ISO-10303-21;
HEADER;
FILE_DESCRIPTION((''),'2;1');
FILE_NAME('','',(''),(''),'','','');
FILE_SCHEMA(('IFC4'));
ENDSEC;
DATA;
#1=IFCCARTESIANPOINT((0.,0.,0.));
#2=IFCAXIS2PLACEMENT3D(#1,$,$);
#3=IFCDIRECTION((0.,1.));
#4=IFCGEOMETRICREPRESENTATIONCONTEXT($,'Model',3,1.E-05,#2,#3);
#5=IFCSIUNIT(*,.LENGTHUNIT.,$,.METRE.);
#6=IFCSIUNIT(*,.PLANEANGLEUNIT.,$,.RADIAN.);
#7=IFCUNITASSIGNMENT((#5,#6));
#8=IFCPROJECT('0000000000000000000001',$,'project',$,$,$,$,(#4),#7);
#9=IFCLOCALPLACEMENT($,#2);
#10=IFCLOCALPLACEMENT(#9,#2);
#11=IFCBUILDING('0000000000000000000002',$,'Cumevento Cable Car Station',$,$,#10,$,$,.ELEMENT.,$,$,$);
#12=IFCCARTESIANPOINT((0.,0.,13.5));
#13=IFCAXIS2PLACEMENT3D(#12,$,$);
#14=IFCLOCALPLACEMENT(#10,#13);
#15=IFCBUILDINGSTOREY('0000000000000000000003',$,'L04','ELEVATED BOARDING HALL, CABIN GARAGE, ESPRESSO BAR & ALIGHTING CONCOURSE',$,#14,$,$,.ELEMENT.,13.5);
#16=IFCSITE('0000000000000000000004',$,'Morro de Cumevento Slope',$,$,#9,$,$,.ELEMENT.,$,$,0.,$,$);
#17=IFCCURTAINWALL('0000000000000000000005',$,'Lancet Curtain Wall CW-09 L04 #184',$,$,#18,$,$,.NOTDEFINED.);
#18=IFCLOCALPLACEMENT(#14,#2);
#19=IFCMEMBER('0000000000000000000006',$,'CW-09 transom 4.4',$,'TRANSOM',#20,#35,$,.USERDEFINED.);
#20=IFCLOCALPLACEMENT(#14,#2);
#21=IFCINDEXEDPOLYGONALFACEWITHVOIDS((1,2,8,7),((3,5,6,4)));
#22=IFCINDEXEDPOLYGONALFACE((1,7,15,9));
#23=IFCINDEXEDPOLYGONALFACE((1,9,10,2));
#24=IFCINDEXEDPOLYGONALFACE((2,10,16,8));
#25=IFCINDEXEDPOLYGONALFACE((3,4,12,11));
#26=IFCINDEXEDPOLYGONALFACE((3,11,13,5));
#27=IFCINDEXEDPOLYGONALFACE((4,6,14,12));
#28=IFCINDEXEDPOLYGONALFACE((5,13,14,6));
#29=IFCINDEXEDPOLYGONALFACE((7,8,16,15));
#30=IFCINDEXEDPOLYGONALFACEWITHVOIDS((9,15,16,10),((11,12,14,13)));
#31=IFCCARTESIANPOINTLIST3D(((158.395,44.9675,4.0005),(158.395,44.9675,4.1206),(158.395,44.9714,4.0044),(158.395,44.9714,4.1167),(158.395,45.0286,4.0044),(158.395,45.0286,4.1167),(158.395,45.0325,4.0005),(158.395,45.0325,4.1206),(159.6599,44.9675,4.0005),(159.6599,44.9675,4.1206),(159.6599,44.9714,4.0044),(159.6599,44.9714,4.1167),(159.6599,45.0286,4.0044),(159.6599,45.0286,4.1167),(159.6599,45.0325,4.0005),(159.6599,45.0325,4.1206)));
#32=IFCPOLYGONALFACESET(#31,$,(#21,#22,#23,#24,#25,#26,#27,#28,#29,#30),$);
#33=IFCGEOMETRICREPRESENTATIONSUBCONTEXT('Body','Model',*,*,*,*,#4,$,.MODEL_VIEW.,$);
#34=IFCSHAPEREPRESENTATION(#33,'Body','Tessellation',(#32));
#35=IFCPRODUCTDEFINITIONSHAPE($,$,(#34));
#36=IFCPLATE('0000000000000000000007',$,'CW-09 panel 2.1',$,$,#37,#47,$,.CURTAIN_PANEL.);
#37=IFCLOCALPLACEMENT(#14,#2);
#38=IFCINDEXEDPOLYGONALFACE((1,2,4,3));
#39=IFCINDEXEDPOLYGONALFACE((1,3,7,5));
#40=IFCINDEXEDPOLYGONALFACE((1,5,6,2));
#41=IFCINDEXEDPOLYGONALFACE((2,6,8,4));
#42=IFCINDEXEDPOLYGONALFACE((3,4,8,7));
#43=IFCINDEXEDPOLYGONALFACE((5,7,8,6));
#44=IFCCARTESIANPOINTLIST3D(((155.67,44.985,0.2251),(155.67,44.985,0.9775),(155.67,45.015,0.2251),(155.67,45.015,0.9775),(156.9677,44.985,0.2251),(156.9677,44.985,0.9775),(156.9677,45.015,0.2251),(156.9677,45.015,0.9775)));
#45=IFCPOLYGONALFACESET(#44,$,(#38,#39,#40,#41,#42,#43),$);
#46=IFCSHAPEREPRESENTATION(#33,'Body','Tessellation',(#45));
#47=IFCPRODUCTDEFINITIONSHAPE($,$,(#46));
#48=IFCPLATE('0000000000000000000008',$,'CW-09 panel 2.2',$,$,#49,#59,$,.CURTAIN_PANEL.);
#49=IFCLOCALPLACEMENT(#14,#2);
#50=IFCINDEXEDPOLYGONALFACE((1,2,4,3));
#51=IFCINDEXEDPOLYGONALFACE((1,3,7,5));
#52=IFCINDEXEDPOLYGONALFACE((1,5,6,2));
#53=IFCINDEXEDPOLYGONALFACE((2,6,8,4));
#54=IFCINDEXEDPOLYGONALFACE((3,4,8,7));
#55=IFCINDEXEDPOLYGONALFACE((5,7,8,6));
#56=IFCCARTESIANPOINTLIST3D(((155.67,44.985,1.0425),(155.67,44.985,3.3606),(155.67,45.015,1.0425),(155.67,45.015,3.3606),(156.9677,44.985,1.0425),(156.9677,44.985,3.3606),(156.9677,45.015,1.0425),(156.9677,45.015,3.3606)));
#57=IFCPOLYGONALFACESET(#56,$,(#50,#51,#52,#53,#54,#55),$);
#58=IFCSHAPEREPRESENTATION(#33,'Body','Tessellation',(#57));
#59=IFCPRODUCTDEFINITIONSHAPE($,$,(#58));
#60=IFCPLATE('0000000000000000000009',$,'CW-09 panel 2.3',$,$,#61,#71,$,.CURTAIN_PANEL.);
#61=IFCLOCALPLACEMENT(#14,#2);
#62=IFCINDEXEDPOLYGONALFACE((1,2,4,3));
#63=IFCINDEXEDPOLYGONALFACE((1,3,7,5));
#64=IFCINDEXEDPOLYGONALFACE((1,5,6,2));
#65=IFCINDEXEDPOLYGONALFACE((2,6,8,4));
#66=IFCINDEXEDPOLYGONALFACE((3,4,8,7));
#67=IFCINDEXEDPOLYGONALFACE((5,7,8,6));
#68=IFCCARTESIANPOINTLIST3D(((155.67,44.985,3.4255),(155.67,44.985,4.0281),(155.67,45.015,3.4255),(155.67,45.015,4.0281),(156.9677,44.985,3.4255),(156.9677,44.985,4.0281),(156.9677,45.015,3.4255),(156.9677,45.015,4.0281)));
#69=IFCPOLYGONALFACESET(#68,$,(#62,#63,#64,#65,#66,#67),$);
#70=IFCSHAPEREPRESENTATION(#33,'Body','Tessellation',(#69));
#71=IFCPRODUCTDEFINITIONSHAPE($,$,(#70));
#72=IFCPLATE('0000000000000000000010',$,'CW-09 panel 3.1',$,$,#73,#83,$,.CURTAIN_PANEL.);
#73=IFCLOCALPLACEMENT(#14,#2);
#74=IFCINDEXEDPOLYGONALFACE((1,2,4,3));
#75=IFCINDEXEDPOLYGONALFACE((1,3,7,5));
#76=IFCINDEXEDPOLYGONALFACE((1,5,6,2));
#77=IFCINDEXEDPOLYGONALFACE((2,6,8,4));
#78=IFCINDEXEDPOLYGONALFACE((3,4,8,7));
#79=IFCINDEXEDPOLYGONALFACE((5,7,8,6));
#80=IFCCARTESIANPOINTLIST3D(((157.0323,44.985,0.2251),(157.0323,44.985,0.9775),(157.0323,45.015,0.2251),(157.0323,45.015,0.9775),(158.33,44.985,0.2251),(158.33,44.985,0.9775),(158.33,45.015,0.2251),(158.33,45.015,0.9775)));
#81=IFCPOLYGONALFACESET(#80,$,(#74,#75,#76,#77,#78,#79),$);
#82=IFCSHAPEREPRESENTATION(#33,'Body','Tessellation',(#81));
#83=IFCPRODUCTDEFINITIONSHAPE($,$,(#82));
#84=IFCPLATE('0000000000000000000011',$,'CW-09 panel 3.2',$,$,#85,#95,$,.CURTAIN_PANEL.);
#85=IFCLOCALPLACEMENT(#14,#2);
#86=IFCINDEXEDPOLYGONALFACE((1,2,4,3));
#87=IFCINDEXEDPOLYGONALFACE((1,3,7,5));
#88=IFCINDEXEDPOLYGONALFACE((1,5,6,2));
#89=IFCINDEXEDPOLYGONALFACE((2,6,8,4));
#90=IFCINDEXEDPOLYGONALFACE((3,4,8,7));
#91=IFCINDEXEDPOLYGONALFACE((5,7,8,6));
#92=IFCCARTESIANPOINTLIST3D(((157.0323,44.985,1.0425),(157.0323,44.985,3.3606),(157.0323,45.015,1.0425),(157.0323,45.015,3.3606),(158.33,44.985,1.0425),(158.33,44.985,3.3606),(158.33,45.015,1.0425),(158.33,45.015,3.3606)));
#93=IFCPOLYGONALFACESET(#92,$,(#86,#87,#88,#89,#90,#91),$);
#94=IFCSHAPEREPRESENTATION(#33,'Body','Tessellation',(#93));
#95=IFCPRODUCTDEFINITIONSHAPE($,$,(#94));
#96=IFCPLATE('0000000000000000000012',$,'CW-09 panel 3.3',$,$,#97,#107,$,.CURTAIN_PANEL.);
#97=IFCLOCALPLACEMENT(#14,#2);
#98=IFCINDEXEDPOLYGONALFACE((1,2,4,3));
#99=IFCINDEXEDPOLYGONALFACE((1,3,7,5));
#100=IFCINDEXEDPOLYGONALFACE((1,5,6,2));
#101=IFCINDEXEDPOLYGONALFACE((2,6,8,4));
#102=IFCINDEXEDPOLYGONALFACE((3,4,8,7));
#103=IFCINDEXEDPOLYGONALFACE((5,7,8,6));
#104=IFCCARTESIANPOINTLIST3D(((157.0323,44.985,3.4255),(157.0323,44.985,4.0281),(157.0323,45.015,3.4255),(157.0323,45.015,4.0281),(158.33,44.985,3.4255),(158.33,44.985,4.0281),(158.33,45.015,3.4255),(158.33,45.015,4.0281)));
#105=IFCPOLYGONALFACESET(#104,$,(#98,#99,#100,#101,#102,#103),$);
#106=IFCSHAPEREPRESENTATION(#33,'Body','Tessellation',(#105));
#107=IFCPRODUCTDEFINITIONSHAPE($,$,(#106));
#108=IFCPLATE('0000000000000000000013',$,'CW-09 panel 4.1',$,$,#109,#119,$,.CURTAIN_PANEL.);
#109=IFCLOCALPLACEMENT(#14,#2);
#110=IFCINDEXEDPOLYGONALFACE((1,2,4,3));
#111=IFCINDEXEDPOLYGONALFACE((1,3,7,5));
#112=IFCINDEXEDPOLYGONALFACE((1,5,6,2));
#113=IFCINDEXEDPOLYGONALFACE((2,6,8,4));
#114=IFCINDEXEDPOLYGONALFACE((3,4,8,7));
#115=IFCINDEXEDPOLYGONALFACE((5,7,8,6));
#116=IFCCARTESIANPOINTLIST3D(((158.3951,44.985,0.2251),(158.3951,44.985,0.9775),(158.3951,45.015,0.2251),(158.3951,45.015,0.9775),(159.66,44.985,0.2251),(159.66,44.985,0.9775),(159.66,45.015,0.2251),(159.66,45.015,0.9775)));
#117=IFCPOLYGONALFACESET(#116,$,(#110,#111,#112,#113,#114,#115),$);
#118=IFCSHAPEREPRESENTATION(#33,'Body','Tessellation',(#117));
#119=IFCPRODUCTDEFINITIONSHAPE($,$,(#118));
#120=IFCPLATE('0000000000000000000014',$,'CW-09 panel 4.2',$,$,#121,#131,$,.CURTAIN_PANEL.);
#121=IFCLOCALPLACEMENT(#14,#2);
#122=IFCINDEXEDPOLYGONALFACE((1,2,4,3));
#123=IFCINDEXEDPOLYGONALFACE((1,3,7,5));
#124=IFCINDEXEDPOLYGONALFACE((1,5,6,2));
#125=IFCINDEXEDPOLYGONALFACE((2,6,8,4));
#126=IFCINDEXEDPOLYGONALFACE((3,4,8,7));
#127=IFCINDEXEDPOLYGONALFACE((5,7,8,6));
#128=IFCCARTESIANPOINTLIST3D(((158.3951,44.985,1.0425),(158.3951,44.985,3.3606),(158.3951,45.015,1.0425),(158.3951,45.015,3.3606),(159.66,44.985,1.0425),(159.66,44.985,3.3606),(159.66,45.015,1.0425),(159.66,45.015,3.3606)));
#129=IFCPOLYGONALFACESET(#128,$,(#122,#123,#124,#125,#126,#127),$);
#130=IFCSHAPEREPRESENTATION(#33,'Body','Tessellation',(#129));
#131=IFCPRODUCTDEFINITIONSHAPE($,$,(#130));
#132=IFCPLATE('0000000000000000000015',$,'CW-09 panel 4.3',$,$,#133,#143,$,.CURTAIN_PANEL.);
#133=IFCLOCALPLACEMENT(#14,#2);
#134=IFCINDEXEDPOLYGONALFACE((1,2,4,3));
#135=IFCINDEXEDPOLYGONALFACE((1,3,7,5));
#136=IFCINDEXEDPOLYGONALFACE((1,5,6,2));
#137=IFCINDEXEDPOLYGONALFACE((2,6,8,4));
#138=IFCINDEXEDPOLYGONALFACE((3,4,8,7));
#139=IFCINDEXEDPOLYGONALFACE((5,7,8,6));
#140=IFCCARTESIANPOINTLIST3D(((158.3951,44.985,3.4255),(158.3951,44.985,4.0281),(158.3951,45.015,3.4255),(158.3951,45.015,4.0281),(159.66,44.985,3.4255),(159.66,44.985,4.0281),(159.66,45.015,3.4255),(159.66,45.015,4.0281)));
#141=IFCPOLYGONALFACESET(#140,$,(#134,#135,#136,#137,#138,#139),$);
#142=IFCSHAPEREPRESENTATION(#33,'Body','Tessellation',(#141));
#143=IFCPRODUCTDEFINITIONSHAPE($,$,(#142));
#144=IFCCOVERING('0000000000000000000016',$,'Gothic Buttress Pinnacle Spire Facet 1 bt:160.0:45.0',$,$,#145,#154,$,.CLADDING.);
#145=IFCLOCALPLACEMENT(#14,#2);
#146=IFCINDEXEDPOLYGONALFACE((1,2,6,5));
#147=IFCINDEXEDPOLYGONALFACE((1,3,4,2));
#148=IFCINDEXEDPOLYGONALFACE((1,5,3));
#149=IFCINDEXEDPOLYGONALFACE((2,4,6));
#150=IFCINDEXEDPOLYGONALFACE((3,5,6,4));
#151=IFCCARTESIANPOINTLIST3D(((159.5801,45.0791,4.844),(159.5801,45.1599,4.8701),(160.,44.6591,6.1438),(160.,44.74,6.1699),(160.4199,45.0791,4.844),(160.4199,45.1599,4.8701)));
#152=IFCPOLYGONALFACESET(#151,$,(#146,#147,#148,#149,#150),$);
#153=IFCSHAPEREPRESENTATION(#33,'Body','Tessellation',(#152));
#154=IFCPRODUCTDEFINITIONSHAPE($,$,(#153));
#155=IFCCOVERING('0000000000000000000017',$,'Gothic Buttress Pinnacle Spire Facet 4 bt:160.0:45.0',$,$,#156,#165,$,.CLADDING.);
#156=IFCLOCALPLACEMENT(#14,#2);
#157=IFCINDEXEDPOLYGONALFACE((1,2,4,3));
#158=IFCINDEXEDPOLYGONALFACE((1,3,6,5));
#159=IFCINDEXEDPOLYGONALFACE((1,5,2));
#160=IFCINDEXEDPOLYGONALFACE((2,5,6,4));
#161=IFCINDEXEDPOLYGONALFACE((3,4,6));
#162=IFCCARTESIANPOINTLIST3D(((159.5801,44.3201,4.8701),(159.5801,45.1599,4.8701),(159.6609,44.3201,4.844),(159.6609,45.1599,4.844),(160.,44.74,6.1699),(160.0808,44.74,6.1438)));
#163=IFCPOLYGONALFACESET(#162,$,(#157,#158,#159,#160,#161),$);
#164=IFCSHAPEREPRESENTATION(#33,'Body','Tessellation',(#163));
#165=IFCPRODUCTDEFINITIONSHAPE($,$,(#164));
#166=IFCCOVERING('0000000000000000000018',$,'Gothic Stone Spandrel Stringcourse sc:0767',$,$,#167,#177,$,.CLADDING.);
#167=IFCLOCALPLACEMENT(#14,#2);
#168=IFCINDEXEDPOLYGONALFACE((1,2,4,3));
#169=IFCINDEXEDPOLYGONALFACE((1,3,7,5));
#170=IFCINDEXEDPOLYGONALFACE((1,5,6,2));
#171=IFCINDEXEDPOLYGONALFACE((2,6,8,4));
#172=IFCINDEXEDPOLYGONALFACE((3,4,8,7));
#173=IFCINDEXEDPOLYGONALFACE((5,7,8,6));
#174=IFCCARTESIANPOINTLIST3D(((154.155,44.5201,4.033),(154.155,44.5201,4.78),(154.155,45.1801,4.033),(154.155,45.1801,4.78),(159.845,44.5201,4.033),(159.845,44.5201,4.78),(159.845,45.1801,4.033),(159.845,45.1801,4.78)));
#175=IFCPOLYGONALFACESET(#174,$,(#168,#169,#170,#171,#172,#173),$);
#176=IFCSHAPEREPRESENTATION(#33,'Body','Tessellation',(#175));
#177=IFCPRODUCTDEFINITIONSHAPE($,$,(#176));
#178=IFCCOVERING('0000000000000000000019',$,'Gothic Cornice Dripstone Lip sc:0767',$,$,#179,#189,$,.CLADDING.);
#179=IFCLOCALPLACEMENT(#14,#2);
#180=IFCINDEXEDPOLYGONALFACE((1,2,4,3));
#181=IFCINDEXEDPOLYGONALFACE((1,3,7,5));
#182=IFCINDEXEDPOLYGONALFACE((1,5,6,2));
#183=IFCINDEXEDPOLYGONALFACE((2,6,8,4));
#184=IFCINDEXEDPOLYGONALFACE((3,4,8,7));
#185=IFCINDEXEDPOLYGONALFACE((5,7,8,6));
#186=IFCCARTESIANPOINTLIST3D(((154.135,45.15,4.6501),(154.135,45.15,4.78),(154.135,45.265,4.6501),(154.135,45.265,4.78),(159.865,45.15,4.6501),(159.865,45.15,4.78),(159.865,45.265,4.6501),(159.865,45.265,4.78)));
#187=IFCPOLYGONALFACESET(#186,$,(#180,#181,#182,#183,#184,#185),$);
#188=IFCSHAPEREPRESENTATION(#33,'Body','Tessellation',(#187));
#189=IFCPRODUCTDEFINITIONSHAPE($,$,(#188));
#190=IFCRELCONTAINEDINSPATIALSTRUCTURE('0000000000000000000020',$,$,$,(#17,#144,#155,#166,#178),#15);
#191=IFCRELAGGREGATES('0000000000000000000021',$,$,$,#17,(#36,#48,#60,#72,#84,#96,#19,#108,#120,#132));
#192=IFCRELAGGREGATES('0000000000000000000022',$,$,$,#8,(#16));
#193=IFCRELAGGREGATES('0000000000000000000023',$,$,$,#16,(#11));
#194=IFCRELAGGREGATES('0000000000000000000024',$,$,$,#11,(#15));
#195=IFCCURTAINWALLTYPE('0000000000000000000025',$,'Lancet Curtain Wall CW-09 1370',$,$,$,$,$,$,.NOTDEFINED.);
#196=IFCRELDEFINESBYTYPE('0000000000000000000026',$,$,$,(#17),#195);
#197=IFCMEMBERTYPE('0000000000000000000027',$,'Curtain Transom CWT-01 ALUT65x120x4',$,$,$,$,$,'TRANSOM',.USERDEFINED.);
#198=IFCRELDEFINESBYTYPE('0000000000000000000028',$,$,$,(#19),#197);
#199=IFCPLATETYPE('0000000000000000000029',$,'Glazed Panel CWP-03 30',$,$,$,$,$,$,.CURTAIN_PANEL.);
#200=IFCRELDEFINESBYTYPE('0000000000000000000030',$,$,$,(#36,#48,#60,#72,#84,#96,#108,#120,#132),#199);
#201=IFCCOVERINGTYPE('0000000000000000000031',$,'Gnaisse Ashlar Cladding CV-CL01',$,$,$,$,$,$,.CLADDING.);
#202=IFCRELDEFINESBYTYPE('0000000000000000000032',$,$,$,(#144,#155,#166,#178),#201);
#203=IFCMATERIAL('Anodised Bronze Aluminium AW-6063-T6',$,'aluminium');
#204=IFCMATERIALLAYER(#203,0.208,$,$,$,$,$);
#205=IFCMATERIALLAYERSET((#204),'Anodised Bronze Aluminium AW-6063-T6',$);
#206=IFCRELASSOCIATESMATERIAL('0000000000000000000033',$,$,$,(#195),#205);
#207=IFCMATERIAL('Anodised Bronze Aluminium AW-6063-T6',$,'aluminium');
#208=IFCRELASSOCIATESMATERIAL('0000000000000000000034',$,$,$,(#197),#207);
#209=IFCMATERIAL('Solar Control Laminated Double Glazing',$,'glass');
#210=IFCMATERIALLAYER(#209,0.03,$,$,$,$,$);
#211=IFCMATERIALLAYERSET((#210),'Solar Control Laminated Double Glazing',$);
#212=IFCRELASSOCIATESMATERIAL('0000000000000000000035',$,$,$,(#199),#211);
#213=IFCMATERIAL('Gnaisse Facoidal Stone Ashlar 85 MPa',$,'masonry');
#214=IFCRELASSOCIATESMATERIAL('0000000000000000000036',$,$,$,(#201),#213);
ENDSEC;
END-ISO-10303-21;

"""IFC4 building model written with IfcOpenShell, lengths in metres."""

from ifc_helpers import new_model, si_unit, direction, frame, origin, origin_2d, place, context, subcontext, project, spatial, polyline, rectangle, hollow_rectangle, outline, extrude, material, layer, layer_set, material_profile, profile_set, type_object, element, aggregate, save


model = new_model("IFC4")

# Units and contexts
model_context = context("Model", 3, precision=1e-05, world=origin(), true_north=direction((0.0, 1.0)))
body_context = subcontext(model_context, "Body", "Model", "MODEL_VIEW")
ifc_project = project(units=[si_unit("LENGTHUNIT", "METRE"), si_unit("PLANEANGLEUNIT", "RADIAN")], contexts=[model_context])

# Site, building, storey
site_placement = place(None, origin())
site = spatial("IfcSite", under=ifc_project, at=site_placement, Name="Morro de Cumevento Slope", CompositionType="ELEMENT", RefElevation=0.0)
building_placement = place(site_placement, origin())
building = spatial("IfcBuilding", under=site, at=building_placement, Name="Cumevento Cable Car Station", CompositionType="ELEMENT")
storey_placement = place(building_placement, frame((0.0, 0.0, 13.5)))
storey = spatial("IfcBuildingStorey", under=building, at=storey_placement, Name="L04", Description="ELEVATED BOARDING HALL, CABIN GARAGE, ESPRESSO BAR & ALIGHTING CONCOURSE", CompositionType="ELEMENT", Elevation=13.5)

# Curtain wall, member, plates
ifc_material_1 = material(Name="Anodised Bronze Aluminium AW-6063-T6", Category="aluminium")
ifc_layer_1 = layer(ifc_material_1, 0.208)
ifc_layer_set_1 = layer_set([ifc_layer_1], Name="Anodised Bronze Aluminium AW-6063-T6")
curtain_wall_type = type_object("IfcCurtainWallType", Name="Lancet Curtain Wall CW-09 1370", PredefinedType="NOTDEFINED", material=ifc_layer_set_1)
curtain_wall_placement = place(storey_placement, origin())
curtain_wall = element("IfcCurtainWall", 1, at=curtain_wall_placement, inside=storey, type_object=curtain_wall_type, Name="Lancet Curtain Wall CW-09 L04 #184", PredefinedType="NOTDEFINED")
ifc_material_2 = material(Name="Anodised Bronze Aluminium AW-6063-T6", Category="aluminium")
ifc_material_profile_1 = material_profile(ifc_material_2, hollow_rectangle(XDim=0.0649, YDim=0.1201, WallThickness=0.0039, at=origin_2d()), Name="ALUT65x120x4")
ifc_profile_set_1 = profile_set([ifc_material_profile_1], Name="Anodised Bronze Aluminium AW-6063-T6")
member_type_1 = type_object("IfcMemberType", Name="Curtain Transom CWT-01 ALUT65x120x4", ElementType="TRANSOM", PredefinedType="USERDEFINED", material=ifc_profile_set_1)
member_1_placement = place(storey_placement, frame((158.395, 45.0, 4.0605), z_axis=(1.0, 0.0, 0.0), x_axis=(0.0, 1.0, 0.0)))
member_1 = element("IfcMember", 2, at=member_1_placement, type_object=member_type_1, Name="CW-09 transom 4.4", ObjectType="TRANSOM", PredefinedType="USERDEFINED", context=body_context, shape_type="SweptSolid", body=[
    extrude(hollow_rectangle(XDim=0.0649, YDim=0.1201, WallThickness=0.0039, at=origin_2d()), origin(), (0.0, 0.0, 1.0), 1.2649),
])
ifc_material_3 = material(Name="Solar Control Laminated Double Glazing", Category="glass")
ifc_layer_2 = layer(ifc_material_3, 0.03)
ifc_layer_set_2 = layer_set([ifc_layer_2], Name="Solar Control Laminated Double Glazing")
plate_type = type_object("IfcPlateType", Name="Glazed Panel CWP-03 30", PredefinedType="CURTAIN_PANEL", material=ifc_layer_set_2)
plate_1_placement = place(storey_placement, frame((156.3188, 45.0, 0.2251), z_axis=(0.0, 0.0, 1.0), x_axis=(1.0, 0.0, 0.0)))
plate_1 = element("IfcPlate", 3, at=plate_1_placement, type_object=plate_type, Name="CW-09 panel 2.1", PredefinedType="CURTAIN_PANEL", context=body_context, shape_type="SweptSolid", body=[
    extrude(rectangle(XDim=1.2976, YDim=0.03, at=origin_2d()), origin(), (0.0, 0.0, 1.0), 0.7524),
])
plate_2_placement = place(storey_placement, frame((156.3188, 45.0, 1.0425), z_axis=(0.0, 0.0, 1.0), x_axis=(1.0, 0.0, 0.0)))
plate_2 = element("IfcPlate", 4, at=plate_2_placement, type_object=plate_type, Name="CW-09 panel 2.2", PredefinedType="CURTAIN_PANEL", context=body_context, shape_type="SweptSolid", body=[
    extrude(rectangle(XDim=1.2976, YDim=0.03, at=origin_2d()), origin(), (0.0, 0.0, 1.0), 2.3181),
])
plate_3_placement = place(storey_placement, frame((156.3188, 45.0, 3.4255), z_axis=(0.0, 0.0, 1.0), x_axis=(1.0, 0.0, 0.0)))
plate_3 = element("IfcPlate", 5, at=plate_3_placement, type_object=plate_type, Name="CW-09 panel 2.3", PredefinedType="CURTAIN_PANEL", context=body_context, shape_type="SweptSolid", body=[
    extrude(rectangle(XDim=1.2976, YDim=0.03, at=origin_2d()), origin(), (0.0, 0.0, 1.0), 0.6025),
])
plate_4_placement = place(storey_placement, frame((157.6812, 45.0, 0.2251), z_axis=(0.0, 0.0, 1.0), x_axis=(1.0, 0.0, 0.0)))
plate_4 = element("IfcPlate", 6, at=plate_4_placement, type_object=plate_type, Name="CW-09 panel 3.1", PredefinedType="CURTAIN_PANEL", context=body_context, shape_type="SweptSolid", body=[
    extrude(rectangle(XDim=1.2976, YDim=0.03, at=origin_2d()), origin(), (0.0, 0.0, 1.0), 0.7524),
])
plate_5_placement = place(storey_placement, frame((157.6812, 45.0, 1.0425), z_axis=(0.0, 0.0, 1.0), x_axis=(1.0, 0.0, 0.0)))
plate_5 = element("IfcPlate", 7, at=plate_5_placement, type_object=plate_type, Name="CW-09 panel 3.2", PredefinedType="CURTAIN_PANEL", context=body_context, shape_type="SweptSolid", body=[
    extrude(rectangle(XDim=1.2976, YDim=0.03, at=origin_2d()), origin(), (0.0, 0.0, 1.0), 2.3181),
])
plate_6_placement = place(storey_placement, frame((157.6812, 45.0, 3.4255), z_axis=(0.0, 0.0, 1.0), x_axis=(1.0, 0.0, 0.0)))
plate_6 = element("IfcPlate", 8, at=plate_6_placement, type_object=plate_type, Name="CW-09 panel 3.3", PredefinedType="CURTAIN_PANEL", context=body_context, shape_type="SweptSolid", body=[
    extrude(rectangle(XDim=1.2976, YDim=0.03, at=origin_2d()), origin(), (0.0, 0.0, 1.0), 0.6025),
])
plate_7_placement = place(storey_placement, frame((159.0276, 45.0, 0.2251), z_axis=(0.0, 0.0, 1.0), x_axis=(1.0, 0.0, 0.0)))
plate_7 = element("IfcPlate", 9, at=plate_7_placement, type_object=plate_type, Name="CW-09 panel 4.1", PredefinedType="CURTAIN_PANEL", context=body_context, shape_type="SweptSolid", body=[
    extrude(rectangle(XDim=1.2649, YDim=0.03, at=origin_2d()), origin(), (0.0, 0.0, 1.0), 0.7524),
])
plate_8_placement = place(storey_placement, frame((159.0276, 45.0, 1.0425), z_axis=(0.0, 0.0, 1.0), x_axis=(1.0, 0.0, 0.0)))
plate_8 = element("IfcPlate", 10, at=plate_8_placement, type_object=plate_type, Name="CW-09 panel 4.2", PredefinedType="CURTAIN_PANEL", context=body_context, shape_type="SweptSolid", body=[
    extrude(rectangle(XDim=1.2649, YDim=0.03, at=origin_2d()), origin(), (0.0, 0.0, 1.0), 2.3181),
])
plate_9_placement = place(storey_placement, frame((159.0276, 45.0, 3.4255), z_axis=(0.0, 0.0, 1.0), x_axis=(1.0, 0.0, 0.0)))
plate_9 = element("IfcPlate", 11, at=plate_9_placement, type_object=plate_type, Name="CW-09 panel 4.3", PredefinedType="CURTAIN_PANEL", context=body_context, shape_type="SweptSolid", body=[
    extrude(rectangle(XDim=1.2649, YDim=0.03, at=origin_2d()), origin(), (0.0, 0.0, 1.0), 0.6025),
])
aggregate(curtain_wall, [plate_1, plate_2, plate_3, plate_4, plate_5, plate_6, member_1, plate_7, plate_8, plate_9])

# Coverings
ifc_material_4 = material(Name="Gnaisse Facoidal Stone Ashlar 85 MPa", Category="masonry")
covering_type = type_object("IfcCoveringType", Name="Gnaisse Ashlar Cladding CV-CL01", PredefinedType="CLADDING", material=ifc_material_4)
for number, where, z_axis, x_axis, name in (
    (12, (159.5801, 45.1599, 4.8701), (0.0, 0.951574, 0.307421), (1.0, 0.0, 0.0), "Gothic Buttress Pinnacle Spire Facet 1 bt:160.0:45.0"),
    (13, (159.5801, 44.3201, 4.8701), (-0.951574, 0.0, 0.307421), (0.0, 1.0, 0.0), "Gothic Buttress Pinnacle Spire Facet 4 bt:160.0:45.0"),
):
    element("IfcCovering", number, at=place(storey_placement, frame(where, z_axis=z_axis, x_axis=x_axis)), inside=storey, type_object=covering_type, Name=name, PredefinedType="CLADDING", context=body_context, shape_type="SweptSolid", body=[
        extrude(outline(polyline([(0.0, 0.0), (0.8398, 0.0), (0.4199, -1.366), (0.0, 0.0)])), origin(), (0.0, 0.0, -1.0), 0.085),
    ])
covering_1_placement = place(storey_placement, frame((157.0, 44.8501, 4.033), z_axis=(0.0, 0.0, 1.0), x_axis=(1.0, 0.0, 0.0)))
element("IfcCovering", 14, at=covering_1_placement, inside=storey, type_object=covering_type, Name="Gothic Stone Spandrel Stringcourse sc:0767", PredefinedType="CLADDING", context=body_context, shape_type="SweptSolid", body=[
    extrude(rectangle(XDim=5.6899, YDim=0.6599, at=origin_2d()), origin(), (0.0, 0.0, 1.0), 0.7471),
])
covering_2_placement = place(storey_placement, frame((157.0, 45.2075, 4.6501), z_axis=(0.0, 0.0, 1.0), x_axis=(1.0, 0.0, 0.0)))
element("IfcCovering", 15, at=covering_2_placement, inside=storey, type_object=covering_type, Name="Gothic Cornice Dripstone Lip sc:0767", PredefinedType="CLADDING", context=body_context, shape_type="SweptSolid", body=[
    extrude(rectangle(XDim=5.73, YDim=0.115, at=origin_2d()), origin(), (0.0, 0.0, 1.0), 0.1299),
])

save(model, "model.ifc")
